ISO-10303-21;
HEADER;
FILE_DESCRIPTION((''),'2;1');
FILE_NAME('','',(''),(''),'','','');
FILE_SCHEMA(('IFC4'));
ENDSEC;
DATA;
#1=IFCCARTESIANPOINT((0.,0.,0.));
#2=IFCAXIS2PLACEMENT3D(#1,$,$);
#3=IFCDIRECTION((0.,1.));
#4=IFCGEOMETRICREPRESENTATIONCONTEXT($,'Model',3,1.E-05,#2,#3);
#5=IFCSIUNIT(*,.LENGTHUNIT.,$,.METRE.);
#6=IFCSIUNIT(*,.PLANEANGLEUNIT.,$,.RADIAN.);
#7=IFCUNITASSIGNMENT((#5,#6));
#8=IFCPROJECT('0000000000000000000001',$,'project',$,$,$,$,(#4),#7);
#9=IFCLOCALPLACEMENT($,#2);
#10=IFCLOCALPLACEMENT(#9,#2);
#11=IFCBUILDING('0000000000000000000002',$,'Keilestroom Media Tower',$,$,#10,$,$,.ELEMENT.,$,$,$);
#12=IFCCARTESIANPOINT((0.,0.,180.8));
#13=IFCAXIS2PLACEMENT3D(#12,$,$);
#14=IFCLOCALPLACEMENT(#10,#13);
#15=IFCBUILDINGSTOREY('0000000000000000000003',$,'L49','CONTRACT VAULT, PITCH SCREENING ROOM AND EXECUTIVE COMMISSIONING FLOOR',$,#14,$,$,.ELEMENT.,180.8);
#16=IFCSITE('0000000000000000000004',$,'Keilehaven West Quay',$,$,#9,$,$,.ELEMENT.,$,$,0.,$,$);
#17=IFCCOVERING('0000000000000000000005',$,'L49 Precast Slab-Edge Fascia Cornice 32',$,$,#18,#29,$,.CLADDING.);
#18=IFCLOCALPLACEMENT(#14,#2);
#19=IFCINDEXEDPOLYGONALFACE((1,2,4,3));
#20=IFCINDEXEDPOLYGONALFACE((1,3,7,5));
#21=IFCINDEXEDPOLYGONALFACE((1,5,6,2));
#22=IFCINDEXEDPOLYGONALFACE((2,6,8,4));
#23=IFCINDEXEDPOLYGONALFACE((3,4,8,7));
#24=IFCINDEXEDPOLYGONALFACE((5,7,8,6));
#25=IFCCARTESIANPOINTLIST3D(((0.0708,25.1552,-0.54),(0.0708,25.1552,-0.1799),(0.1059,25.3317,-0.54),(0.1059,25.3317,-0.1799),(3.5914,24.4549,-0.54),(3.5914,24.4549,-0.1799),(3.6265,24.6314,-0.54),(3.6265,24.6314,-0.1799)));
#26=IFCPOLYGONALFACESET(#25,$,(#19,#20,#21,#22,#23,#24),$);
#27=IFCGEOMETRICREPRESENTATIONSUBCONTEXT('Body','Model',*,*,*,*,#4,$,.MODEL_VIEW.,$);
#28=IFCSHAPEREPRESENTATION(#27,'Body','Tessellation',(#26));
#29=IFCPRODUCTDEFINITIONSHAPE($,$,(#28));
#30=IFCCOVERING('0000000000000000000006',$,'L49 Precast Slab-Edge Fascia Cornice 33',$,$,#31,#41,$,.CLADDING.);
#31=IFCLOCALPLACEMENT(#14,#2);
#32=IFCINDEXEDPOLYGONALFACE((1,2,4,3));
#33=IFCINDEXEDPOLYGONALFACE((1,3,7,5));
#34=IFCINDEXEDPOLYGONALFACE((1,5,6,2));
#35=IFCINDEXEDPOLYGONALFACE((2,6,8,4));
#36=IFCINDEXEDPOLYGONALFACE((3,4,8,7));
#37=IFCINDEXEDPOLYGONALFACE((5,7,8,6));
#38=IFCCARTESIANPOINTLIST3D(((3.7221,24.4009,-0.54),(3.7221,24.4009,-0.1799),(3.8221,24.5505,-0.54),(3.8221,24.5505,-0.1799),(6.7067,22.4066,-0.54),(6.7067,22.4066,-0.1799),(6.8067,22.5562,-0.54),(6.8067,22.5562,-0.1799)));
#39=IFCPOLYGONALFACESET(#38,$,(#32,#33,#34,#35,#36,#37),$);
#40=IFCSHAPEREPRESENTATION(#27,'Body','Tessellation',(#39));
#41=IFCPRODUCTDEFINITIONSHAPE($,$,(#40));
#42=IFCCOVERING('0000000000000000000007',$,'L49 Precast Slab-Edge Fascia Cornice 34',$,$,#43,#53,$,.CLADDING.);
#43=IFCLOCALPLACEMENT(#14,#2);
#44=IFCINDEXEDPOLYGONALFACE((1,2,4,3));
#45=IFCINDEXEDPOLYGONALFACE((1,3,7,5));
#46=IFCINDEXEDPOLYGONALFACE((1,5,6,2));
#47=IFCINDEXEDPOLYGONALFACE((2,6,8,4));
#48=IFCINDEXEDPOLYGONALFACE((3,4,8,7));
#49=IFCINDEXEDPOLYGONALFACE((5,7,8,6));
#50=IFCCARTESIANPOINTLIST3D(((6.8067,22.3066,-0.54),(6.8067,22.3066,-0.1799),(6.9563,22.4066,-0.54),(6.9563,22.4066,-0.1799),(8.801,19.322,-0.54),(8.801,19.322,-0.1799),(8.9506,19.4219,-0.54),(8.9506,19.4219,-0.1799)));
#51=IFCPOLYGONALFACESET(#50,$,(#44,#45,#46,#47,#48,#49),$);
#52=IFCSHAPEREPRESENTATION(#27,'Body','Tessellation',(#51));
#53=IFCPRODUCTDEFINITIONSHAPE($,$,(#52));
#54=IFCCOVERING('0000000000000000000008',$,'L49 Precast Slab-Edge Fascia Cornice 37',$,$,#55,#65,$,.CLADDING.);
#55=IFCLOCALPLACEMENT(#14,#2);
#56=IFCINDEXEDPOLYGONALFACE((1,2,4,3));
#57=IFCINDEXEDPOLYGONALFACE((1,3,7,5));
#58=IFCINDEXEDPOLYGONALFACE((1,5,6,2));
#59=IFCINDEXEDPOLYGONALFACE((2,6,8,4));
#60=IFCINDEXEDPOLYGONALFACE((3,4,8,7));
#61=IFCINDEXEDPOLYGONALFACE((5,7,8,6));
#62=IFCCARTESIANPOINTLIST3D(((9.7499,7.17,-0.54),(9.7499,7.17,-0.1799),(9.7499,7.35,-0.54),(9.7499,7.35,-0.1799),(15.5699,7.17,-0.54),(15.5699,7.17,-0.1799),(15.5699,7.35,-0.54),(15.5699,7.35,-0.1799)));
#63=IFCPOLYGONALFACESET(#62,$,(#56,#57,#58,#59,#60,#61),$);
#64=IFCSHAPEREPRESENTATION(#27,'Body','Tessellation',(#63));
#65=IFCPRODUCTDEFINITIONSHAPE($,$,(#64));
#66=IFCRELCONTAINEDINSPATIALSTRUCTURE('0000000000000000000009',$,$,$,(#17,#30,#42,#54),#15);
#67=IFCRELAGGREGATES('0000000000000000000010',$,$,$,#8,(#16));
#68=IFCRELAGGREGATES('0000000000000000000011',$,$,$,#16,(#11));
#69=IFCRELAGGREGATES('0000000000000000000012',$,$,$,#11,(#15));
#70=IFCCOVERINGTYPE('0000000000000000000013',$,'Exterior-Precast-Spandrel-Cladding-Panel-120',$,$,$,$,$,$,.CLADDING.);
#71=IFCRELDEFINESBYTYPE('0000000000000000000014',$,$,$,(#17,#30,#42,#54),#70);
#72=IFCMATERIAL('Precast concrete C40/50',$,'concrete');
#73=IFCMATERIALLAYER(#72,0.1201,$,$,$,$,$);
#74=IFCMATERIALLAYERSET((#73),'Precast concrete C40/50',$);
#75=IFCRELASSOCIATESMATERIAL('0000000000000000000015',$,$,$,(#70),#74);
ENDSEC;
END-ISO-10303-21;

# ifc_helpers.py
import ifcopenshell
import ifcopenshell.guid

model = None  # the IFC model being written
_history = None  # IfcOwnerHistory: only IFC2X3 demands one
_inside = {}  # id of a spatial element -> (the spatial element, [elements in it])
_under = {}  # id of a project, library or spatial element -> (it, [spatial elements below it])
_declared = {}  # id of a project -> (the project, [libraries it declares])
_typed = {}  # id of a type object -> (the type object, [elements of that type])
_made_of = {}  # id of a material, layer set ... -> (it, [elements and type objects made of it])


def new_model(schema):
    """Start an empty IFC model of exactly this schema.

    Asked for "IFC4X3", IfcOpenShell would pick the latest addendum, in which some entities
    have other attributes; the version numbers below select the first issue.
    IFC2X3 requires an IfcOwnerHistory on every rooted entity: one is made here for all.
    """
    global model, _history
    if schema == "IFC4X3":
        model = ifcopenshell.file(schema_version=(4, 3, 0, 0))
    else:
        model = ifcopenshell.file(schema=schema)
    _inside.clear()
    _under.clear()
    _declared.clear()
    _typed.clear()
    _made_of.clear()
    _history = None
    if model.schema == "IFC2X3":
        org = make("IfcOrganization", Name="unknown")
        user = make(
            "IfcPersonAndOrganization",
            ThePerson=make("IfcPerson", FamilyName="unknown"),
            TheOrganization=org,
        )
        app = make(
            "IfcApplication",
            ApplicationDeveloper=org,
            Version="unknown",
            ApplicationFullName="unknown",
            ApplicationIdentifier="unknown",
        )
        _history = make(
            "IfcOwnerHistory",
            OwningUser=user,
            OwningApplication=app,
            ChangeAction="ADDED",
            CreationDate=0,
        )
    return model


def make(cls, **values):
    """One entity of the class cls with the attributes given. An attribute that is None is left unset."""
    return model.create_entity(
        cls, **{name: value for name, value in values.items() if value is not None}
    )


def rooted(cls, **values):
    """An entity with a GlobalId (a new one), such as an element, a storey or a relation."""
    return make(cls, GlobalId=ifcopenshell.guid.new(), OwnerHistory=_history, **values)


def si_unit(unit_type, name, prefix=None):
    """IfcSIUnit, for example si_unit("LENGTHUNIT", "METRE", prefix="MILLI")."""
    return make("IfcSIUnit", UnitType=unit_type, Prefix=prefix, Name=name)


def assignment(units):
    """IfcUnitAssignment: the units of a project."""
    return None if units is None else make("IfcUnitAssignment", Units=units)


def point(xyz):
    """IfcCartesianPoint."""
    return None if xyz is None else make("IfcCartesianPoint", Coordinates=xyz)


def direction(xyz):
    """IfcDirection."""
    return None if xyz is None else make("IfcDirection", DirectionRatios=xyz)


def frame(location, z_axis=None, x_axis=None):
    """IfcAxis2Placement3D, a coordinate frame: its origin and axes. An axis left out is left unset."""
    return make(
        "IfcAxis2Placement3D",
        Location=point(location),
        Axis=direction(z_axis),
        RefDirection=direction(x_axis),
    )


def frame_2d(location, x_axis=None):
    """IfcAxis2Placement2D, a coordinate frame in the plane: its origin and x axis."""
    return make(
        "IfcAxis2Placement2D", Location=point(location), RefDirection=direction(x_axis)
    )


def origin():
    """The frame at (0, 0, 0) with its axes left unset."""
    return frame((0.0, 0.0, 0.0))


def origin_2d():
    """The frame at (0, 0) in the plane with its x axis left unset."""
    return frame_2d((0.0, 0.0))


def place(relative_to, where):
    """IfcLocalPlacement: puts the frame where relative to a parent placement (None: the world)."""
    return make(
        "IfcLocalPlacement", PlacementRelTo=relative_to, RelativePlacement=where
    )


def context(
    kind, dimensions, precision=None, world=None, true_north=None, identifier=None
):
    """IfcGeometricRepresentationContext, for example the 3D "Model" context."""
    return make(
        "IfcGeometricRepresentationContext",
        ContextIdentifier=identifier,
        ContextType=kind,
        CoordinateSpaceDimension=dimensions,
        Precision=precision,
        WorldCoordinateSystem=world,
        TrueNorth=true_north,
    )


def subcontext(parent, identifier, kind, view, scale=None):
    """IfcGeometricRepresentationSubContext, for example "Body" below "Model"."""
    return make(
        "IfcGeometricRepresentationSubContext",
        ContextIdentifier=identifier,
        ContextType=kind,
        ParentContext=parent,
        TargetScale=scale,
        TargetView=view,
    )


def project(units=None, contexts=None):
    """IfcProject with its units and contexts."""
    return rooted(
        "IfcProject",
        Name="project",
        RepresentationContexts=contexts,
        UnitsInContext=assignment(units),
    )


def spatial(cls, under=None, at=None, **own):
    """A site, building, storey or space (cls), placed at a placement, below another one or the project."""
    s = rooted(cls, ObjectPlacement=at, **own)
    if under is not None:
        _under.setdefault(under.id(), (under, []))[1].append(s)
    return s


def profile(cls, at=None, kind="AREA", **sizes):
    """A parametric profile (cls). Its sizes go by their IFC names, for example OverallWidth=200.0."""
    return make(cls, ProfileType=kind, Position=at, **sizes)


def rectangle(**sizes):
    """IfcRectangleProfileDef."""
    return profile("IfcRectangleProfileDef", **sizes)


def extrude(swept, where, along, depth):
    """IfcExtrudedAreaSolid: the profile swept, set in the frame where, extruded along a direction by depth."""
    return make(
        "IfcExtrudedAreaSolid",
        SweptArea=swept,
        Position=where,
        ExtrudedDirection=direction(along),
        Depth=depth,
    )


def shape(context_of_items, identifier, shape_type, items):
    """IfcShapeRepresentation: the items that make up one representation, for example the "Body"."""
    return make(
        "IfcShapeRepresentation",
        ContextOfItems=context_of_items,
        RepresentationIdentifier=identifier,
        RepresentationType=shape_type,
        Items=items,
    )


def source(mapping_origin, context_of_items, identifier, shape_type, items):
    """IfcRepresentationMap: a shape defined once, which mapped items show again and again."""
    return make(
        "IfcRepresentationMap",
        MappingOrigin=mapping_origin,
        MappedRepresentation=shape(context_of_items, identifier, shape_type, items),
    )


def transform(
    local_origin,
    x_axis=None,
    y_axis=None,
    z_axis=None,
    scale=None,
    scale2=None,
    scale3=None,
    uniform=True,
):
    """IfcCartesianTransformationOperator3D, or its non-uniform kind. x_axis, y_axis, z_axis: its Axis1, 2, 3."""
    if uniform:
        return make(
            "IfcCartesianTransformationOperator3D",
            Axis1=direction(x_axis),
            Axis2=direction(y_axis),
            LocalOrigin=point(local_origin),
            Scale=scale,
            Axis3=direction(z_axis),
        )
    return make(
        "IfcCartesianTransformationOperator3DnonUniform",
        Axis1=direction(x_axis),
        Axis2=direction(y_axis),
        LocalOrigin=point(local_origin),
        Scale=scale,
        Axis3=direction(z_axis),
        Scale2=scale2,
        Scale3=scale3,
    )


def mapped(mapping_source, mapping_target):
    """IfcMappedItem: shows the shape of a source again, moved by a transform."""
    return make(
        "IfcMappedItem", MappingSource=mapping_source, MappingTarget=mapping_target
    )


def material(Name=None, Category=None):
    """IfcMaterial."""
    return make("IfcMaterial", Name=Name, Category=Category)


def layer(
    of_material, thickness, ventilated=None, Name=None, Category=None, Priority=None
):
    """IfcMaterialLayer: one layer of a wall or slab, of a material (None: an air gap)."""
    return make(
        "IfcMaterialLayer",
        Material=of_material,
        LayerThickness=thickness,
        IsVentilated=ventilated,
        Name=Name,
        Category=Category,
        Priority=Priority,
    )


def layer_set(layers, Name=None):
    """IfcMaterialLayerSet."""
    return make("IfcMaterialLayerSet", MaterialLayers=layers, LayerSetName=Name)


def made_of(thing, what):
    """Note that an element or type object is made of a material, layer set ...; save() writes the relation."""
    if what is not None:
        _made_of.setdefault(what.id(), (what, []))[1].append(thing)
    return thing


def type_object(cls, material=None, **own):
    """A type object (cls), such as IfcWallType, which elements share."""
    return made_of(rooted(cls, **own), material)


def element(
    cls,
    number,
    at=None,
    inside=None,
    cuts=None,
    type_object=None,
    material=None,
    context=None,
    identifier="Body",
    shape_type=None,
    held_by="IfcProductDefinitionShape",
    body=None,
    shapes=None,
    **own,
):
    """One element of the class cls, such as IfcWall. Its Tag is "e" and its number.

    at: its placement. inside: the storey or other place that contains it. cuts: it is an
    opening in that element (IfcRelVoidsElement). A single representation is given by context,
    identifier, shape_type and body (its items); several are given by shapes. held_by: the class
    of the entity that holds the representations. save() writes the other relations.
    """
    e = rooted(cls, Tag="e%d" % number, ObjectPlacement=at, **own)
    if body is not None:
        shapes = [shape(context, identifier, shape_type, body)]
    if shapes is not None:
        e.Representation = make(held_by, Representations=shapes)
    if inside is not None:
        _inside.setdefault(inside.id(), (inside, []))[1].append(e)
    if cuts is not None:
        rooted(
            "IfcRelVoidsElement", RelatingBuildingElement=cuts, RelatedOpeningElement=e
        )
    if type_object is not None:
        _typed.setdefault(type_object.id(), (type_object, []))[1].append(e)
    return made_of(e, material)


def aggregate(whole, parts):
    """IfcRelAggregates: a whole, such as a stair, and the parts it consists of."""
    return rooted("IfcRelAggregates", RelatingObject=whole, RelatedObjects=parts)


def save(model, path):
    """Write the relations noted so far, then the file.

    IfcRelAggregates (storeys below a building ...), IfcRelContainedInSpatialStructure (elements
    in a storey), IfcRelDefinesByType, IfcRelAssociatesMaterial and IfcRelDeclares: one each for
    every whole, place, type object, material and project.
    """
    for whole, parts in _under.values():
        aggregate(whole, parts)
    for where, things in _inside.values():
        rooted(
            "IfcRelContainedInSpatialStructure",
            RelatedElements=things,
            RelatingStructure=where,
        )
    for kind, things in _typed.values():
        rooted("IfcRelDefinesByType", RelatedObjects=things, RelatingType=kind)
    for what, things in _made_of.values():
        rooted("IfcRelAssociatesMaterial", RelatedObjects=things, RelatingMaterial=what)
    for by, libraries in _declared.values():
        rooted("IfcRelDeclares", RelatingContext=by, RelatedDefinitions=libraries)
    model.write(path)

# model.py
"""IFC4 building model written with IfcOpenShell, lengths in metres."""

from ifc_helpers import new_model, si_unit, direction, frame, origin, origin_2d, place, context, subcontext, project, spatial, rectangle, extrude, source, transform, mapped, material, layer, layer_set, type_object, element, save


model = new_model("IFC4")

# Units and contexts
model_context = context("Model", 3, precision=1e-05, world=origin(), true_north=direction((0.0, 1.0)))
body_context = subcontext(model_context, "Body", "Model", "MODEL_VIEW")
ifc_project = project(units=[si_unit("LENGTHUNIT", "METRE"), si_unit("PLANEANGLEUNIT", "RADIAN")], contexts=[model_context])

# Site, building, storey
site_placement = place(None, origin())
site = spatial("IfcSite", under=ifc_project, at=site_placement, Name="Keilehaven West Quay", CompositionType="ELEMENT", RefElevation=0.0)
building_placement = place(site_placement, origin())
building = spatial("IfcBuilding", under=site, at=building_placement, Name="Keilestroom Media Tower", CompositionType="ELEMENT")
storey_placement = place(building_placement, frame((0.0, 0.0, 180.8)))
storey = spatial("IfcBuildingStorey", under=building, at=storey_placement, Name="L49", Description="CONTRACT VAULT, PITCH SCREENING ROOM AND EXECUTIVE COMMISSIONING FLOOR", CompositionType="ELEMENT", Elevation=180.8)

# Shared definitions
ifc_material_1 = material(Name="Precast concrete C40/50", Category="concrete")

# Coverings
ifc_layer_1 = layer(ifc_material_1, 0.1201)
ifc_layer_set_1 = layer_set([ifc_layer_1], Name="Precast concrete C40/50")
covering_type = type_object("IfcCoveringType", Name="Exterior-Precast-Spandrel-Cladding-Panel-120", PredefinedType="CLADDING", material=ifc_layer_set_1)
shared_shape_1 = source(origin(), body_context, "Body", "SweptSolid", [
    extrude(rectangle(XDim=3.5896, YDim=0.1799, at=origin_2d()), origin(), (0.0, 0.0, 1.0), 0.3601),
])
for number, where, z_axis, x_axis, name in (
    (1, (1.8486, 24.8933, -0.54), (0.0, 0.0, 1.0), (0.980784, -0.195099, 0.0), "L49 Precast Slab-Edge Fascia Cornice 32"),
    (2, (5.2644, 23.4785, -0.54), (0.0, 0.0, 1.0), (0.831467, -0.555575, 0.0), "L49 Precast Slab-Edge Fascia Cornice 33"),
    (3, (7.8787, 20.8643, -0.54), (0.0, 0.0, 1.0), (0.555575, -0.831467, 0.0), "L49 Precast Slab-Edge Fascia Cornice 34"),
):
    element("IfcCovering", number, at=place(storey_placement, frame(where, z_axis=z_axis, x_axis=x_axis)), inside=storey, type_object=covering_type, Name=name, PredefinedType="CLADDING", context=body_context, shape_type="MappedRepresentation", body=[
        mapped(shared_shape_1, transform((0.0, 0.0, 0.0), x_axis=(1.0, 0.0, 0.0), y_axis=(0.0, 1.0, 0.0), z_axis=(0.0, 0.0, 1.0), scale=1.0)),
    ])
shared_shape_2 = source(origin(), body_context, "Body", "SweptSolid", [
    extrude(rectangle(XDim=5.8201, YDim=0.1799, at=origin_2d()), origin(), (0.0, 0.0, 1.0), 0.3601),
])
covering_1_placement = place(storey_placement, frame((12.6599, 7.26, -0.54), z_axis=(0.0, 0.0, 1.0), x_axis=(1.0, 0.0, 0.0)))
element("IfcCovering", 4, at=covering_1_placement, inside=storey, type_object=covering_type, Name="L49 Precast Slab-Edge Fascia Cornice 37", PredefinedType="CLADDING", context=body_context, shape_type="MappedRepresentation", body=[
    mapped(shared_shape_2, transform((0.0, 0.0, 0.0), x_axis=(1.0, 0.0, 0.0), y_axis=(0.0, 1.0, 0.0), z_axis=(0.0, 0.0, 1.0), scale=1.0)),
])

save(model, "model.ifc")
